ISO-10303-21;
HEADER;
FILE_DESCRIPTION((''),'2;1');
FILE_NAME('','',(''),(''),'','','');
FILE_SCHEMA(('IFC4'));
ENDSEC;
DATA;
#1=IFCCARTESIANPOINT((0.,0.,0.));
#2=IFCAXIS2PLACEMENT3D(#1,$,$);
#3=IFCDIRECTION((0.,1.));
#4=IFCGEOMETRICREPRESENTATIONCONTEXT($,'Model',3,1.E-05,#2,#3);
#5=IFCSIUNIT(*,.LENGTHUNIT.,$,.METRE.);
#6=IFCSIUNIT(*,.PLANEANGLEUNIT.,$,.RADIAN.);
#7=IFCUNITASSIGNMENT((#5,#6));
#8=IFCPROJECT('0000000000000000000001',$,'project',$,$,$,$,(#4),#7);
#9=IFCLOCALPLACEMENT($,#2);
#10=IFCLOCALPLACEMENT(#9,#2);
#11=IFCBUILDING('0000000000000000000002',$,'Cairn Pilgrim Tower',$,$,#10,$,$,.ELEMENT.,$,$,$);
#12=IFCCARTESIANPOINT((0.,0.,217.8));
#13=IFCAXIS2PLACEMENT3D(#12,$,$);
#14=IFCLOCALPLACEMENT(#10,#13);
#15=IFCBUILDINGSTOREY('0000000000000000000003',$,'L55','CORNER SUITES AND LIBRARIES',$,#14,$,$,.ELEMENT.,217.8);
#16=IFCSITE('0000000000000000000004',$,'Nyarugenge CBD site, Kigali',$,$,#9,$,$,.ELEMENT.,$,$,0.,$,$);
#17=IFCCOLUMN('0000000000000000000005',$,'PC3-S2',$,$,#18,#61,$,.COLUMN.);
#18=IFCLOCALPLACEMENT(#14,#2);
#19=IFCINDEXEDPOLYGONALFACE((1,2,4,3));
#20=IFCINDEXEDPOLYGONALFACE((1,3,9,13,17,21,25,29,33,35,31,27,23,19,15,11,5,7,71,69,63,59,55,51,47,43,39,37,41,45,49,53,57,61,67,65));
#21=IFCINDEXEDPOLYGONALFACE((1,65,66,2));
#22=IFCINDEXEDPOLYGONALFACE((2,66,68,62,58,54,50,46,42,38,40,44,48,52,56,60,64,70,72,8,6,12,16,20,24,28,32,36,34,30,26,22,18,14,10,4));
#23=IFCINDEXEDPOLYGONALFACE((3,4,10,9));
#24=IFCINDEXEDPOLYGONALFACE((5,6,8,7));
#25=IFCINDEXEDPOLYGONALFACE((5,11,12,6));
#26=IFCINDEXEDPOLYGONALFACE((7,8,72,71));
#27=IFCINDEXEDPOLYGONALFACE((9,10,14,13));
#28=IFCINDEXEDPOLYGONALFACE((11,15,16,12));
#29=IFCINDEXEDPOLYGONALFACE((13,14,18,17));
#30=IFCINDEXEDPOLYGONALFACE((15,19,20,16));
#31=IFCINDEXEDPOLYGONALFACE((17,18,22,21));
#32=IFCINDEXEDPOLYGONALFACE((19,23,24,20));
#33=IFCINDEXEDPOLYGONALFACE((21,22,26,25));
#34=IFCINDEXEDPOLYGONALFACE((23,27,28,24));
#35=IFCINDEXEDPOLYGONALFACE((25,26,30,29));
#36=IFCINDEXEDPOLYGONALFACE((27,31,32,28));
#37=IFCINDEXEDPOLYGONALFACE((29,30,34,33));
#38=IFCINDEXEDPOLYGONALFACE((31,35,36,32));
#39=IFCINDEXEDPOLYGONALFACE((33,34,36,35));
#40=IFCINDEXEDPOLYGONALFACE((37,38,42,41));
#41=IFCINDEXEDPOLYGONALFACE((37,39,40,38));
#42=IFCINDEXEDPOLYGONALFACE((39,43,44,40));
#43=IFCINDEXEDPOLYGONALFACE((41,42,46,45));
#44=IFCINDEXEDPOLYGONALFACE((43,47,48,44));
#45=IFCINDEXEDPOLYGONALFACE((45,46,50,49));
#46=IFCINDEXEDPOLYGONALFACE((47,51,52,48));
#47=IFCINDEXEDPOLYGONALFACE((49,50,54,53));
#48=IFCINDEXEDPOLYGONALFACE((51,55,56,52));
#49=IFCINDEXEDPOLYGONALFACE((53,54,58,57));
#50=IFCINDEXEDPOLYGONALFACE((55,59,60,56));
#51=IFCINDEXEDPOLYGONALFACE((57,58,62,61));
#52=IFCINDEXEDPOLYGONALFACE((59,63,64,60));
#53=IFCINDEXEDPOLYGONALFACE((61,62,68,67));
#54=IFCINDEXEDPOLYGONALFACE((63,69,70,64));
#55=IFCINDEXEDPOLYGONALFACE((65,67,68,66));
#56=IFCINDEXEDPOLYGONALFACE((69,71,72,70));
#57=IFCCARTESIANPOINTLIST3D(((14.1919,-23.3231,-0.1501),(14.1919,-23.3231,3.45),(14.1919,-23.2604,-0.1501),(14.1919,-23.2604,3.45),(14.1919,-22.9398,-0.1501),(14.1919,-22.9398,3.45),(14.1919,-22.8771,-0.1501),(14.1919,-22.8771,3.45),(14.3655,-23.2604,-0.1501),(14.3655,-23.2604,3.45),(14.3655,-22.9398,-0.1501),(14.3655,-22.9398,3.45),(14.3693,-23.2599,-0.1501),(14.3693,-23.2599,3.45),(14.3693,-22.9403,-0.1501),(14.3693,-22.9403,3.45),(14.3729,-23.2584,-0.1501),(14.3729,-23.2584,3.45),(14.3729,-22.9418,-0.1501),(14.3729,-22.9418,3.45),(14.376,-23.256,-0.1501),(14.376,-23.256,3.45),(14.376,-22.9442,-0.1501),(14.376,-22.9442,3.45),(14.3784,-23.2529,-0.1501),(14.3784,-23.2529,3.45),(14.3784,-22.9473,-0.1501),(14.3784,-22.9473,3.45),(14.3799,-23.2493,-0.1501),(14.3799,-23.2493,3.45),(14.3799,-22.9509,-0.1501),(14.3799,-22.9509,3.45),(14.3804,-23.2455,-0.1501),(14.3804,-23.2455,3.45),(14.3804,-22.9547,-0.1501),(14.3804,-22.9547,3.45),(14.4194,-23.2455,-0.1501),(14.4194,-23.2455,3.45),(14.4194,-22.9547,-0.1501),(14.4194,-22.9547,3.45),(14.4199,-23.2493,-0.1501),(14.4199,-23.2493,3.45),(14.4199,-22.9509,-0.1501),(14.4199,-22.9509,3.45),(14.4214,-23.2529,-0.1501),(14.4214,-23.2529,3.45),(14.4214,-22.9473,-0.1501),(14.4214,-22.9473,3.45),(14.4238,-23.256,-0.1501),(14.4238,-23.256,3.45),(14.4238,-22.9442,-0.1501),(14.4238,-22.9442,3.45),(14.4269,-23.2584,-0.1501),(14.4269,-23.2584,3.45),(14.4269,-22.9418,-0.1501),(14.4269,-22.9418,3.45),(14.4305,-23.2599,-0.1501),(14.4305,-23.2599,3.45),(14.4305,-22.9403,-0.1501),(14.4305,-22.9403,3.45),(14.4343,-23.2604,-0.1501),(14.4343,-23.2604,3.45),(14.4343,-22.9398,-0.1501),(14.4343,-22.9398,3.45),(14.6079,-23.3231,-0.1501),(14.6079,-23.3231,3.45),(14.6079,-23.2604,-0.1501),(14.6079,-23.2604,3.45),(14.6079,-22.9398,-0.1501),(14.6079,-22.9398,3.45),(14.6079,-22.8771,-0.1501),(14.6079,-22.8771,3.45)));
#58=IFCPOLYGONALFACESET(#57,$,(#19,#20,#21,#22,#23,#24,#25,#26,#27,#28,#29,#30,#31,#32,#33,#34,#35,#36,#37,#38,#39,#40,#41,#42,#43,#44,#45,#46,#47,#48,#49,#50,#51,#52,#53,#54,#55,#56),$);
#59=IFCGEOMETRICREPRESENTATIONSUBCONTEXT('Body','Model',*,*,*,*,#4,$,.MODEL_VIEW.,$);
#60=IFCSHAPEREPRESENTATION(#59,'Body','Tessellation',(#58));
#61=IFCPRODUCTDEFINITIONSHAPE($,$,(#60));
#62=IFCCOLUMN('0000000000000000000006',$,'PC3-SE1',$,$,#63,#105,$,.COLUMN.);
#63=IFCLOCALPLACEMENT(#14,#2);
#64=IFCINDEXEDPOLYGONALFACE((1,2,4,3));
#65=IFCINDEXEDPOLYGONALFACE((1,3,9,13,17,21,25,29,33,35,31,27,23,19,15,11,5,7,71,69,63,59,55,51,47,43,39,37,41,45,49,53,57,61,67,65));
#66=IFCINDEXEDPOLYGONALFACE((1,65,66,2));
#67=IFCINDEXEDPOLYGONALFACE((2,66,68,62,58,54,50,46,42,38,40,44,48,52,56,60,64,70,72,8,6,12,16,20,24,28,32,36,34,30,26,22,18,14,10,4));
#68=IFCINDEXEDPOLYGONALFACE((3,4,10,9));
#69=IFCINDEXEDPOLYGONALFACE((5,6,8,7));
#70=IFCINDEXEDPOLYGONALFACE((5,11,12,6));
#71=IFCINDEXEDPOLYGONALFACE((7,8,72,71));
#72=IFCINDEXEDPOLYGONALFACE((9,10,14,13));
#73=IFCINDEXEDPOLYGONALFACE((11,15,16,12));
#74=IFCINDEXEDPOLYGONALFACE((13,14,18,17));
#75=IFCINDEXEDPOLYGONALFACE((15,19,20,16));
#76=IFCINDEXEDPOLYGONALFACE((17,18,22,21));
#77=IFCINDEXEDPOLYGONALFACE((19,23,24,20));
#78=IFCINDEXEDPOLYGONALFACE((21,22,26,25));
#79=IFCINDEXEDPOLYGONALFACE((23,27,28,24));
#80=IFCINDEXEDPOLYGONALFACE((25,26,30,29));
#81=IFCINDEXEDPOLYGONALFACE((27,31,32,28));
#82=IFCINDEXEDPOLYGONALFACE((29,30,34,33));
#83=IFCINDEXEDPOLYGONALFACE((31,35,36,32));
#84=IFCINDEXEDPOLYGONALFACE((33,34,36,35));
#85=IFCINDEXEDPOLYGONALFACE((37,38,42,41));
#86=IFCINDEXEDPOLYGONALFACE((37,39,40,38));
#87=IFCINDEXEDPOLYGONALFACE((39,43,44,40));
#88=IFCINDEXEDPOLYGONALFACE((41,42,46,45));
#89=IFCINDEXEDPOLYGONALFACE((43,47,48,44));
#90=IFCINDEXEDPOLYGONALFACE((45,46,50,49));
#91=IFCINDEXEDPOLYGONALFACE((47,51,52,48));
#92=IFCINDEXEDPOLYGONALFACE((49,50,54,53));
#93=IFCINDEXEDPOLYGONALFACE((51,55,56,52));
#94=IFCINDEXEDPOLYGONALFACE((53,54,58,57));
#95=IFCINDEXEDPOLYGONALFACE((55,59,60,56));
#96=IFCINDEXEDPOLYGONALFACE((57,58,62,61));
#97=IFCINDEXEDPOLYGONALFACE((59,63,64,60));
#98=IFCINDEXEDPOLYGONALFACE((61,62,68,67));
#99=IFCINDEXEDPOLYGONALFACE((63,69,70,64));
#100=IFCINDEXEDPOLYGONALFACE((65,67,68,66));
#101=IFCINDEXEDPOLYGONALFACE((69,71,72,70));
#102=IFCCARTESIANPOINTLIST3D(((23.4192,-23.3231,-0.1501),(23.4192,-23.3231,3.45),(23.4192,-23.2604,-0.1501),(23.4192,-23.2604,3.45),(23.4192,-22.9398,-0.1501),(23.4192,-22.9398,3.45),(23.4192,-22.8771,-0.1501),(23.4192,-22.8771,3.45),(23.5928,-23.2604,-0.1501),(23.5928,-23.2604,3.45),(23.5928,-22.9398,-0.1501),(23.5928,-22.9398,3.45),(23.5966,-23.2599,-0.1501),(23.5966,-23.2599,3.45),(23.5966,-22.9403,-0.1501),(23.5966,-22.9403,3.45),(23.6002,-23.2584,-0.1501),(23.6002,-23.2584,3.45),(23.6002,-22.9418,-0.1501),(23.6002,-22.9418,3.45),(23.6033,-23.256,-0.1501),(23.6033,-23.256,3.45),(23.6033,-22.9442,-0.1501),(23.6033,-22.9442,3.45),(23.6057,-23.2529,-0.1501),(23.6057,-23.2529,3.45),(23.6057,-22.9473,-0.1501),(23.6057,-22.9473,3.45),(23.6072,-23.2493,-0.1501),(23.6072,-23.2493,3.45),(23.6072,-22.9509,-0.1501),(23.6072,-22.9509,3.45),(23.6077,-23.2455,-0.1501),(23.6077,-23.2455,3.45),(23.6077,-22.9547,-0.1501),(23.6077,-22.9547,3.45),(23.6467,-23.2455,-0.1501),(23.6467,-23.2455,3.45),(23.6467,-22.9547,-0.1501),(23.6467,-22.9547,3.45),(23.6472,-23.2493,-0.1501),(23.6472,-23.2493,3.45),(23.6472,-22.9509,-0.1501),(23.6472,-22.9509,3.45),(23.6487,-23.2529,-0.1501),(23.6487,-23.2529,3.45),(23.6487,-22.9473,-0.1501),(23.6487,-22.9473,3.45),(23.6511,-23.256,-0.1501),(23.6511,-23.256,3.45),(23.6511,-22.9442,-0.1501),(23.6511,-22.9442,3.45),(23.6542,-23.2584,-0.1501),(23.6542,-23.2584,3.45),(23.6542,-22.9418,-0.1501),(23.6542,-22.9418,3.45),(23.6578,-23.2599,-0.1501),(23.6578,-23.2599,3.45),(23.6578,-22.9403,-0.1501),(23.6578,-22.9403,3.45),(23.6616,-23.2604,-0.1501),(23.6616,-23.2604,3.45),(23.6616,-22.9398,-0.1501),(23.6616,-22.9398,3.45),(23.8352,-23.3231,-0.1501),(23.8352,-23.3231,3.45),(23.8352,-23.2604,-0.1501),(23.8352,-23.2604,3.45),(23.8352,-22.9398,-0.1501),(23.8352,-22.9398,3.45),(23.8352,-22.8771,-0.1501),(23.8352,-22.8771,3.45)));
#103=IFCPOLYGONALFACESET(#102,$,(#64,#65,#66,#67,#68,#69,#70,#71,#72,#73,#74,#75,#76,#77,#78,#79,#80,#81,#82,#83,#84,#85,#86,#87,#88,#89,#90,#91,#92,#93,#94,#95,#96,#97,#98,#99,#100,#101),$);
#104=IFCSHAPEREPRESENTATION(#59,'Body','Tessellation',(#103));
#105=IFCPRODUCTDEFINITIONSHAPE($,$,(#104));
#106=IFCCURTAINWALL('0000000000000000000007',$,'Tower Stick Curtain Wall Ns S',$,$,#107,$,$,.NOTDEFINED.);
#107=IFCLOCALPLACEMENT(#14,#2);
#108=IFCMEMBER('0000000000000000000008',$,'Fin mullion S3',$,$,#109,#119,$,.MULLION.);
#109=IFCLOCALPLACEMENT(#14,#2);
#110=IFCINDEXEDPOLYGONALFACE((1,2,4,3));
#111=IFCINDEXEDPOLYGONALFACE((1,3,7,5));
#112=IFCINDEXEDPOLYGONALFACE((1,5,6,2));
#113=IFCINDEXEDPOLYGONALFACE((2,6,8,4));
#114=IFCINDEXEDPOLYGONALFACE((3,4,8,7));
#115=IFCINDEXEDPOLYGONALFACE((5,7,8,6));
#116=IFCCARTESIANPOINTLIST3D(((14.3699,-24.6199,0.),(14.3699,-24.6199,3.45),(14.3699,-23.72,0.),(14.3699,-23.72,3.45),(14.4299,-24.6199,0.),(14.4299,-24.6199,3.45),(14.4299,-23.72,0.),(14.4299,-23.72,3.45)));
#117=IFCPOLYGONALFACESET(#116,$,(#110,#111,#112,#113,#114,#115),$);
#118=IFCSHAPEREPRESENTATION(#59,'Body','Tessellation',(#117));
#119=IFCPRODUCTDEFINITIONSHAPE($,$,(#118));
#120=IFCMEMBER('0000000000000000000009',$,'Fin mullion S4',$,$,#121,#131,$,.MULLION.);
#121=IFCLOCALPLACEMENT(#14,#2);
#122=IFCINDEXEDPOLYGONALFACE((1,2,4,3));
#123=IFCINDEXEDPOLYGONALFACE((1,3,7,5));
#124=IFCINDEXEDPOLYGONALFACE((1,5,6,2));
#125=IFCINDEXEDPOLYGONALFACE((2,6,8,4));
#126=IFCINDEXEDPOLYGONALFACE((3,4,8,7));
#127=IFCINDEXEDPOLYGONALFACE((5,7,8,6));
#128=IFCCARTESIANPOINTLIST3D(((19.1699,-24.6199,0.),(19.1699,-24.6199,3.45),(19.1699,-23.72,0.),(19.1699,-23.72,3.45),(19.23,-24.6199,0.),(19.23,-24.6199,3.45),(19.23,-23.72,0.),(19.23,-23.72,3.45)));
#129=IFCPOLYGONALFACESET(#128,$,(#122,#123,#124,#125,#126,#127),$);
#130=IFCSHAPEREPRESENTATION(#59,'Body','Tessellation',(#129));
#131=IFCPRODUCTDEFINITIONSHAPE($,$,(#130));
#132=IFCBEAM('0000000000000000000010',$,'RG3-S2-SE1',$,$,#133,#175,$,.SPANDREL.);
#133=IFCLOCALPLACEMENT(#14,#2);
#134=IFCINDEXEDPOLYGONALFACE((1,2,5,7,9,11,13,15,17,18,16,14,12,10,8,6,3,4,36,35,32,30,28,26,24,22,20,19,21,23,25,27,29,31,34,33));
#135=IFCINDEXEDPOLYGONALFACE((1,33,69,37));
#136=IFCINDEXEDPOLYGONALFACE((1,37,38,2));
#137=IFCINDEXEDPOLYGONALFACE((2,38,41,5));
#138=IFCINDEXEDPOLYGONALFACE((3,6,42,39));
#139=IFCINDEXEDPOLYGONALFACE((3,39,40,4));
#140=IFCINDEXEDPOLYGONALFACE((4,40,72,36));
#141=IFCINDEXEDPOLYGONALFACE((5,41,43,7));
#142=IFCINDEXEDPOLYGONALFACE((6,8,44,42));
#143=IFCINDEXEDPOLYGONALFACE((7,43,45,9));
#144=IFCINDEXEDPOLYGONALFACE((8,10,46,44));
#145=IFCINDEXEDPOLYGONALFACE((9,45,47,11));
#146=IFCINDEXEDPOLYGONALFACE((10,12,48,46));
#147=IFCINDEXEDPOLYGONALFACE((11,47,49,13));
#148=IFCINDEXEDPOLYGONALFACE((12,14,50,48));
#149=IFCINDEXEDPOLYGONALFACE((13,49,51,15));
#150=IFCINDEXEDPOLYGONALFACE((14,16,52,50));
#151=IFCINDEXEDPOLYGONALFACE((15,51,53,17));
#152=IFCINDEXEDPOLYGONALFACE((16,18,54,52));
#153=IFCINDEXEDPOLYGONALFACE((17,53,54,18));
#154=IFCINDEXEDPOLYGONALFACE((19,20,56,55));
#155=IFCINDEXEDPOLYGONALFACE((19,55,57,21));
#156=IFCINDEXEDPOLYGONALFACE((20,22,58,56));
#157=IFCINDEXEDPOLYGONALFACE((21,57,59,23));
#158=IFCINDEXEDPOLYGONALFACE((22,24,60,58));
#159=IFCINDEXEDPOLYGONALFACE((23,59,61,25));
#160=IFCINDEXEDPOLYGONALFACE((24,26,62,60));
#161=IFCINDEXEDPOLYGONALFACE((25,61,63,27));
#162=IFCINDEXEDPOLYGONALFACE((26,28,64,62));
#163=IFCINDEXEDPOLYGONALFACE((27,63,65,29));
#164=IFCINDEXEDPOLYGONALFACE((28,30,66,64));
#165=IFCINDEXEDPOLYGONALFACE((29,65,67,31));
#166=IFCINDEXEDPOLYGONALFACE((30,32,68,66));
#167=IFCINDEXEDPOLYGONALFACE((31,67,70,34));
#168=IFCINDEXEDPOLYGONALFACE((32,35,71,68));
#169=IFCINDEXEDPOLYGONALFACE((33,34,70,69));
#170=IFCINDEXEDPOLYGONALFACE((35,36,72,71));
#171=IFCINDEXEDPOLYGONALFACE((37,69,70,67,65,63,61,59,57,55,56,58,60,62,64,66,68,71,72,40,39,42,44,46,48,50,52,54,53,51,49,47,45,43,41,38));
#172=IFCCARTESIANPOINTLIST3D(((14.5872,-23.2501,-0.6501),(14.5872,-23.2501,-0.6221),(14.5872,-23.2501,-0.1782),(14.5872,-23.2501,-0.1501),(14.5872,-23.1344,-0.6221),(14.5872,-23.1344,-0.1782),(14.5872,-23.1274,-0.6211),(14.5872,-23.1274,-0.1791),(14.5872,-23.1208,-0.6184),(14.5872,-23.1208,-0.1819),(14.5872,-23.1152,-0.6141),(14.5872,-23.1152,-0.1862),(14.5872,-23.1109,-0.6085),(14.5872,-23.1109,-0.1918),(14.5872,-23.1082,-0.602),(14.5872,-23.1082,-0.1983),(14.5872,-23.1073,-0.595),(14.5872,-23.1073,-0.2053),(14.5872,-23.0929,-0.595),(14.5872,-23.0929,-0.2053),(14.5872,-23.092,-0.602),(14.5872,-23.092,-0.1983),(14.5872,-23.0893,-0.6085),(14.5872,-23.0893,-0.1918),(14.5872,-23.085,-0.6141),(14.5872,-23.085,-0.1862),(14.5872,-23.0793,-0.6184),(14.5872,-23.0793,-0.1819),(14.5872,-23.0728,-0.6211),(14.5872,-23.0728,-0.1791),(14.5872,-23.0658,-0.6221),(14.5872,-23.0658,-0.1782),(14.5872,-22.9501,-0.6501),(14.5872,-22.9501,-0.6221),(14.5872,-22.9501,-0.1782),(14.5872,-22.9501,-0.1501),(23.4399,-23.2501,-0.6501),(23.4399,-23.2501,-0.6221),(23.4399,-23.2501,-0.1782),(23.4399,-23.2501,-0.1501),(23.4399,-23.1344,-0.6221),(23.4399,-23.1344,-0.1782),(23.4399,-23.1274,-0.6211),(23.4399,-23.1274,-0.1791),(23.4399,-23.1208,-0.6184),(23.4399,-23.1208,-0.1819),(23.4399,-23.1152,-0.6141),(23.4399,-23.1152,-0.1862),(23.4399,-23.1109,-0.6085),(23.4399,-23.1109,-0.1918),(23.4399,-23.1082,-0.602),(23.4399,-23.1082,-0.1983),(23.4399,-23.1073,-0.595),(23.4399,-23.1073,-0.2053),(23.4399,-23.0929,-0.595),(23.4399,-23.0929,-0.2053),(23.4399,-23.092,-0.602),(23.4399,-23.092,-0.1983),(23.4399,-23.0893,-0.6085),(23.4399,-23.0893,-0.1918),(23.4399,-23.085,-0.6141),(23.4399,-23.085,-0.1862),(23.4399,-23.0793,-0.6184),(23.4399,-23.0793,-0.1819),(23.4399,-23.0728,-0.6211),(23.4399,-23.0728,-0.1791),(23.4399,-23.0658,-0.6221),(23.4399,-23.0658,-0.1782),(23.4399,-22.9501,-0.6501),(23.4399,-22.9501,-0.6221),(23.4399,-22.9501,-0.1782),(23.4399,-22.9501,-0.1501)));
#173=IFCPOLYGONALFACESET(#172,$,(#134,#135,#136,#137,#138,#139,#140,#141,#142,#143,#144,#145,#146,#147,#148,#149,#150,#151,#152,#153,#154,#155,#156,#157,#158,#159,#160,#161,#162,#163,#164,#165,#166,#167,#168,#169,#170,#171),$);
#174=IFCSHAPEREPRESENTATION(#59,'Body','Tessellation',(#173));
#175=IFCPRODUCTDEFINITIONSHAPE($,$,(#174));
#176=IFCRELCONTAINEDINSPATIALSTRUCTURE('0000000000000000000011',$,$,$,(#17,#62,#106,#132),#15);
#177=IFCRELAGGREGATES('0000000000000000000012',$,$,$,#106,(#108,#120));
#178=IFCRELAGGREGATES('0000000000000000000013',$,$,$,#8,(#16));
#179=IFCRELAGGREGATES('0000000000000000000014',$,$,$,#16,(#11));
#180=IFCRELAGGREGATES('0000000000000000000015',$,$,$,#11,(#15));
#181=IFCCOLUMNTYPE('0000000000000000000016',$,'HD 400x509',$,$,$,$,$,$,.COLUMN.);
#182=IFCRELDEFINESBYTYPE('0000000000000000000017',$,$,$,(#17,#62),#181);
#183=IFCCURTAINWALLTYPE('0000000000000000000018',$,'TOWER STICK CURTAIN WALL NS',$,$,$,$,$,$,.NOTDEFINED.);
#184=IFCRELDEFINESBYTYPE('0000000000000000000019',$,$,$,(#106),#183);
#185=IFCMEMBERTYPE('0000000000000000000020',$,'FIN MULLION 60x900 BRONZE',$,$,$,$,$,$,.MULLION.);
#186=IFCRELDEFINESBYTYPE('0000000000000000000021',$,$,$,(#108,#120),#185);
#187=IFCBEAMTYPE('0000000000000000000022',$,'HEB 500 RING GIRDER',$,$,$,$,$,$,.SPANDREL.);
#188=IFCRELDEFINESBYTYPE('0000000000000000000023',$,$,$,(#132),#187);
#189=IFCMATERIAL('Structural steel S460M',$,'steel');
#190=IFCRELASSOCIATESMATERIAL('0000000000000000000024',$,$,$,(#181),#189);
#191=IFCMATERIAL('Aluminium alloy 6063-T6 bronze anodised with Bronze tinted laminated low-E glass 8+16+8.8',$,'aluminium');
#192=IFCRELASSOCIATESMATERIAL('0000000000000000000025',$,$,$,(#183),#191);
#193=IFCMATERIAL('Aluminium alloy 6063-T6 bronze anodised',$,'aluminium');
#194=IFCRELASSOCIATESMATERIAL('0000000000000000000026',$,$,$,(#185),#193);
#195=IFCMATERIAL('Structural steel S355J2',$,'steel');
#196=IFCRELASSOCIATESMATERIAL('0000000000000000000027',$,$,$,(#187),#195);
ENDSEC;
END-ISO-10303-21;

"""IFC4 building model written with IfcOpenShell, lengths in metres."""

from ifc_helpers import new_model, si_unit, direction, frame, origin, origin_2d, place, context, subcontext, project, spatial, rectangle, i_section, extrude, material, material_profile, profile_set, type_object, element, aggregate, save


model = new_model("IFC4")

# Units and contexts
model_context = context("Model", 3, precision=1e-05, world=origin(), true_north=direction((0.0, 1.0)))
body_context = subcontext(model_context, "Body", "Model", "MODEL_VIEW")
ifc_project = project(units=[si_unit("LENGTHUNIT", "METRE"), si_unit("PLANEANGLEUNIT", "RADIAN")], contexts=[model_context])

# Site, building, storey
site_placement = place(None, origin())
site = spatial("IfcSite", under=ifc_project, at=site_placement, Name="Nyarugenge CBD site, Kigali", CompositionType="ELEMENT", RefElevation=0.0)
building_placement = place(site_placement, origin())
building = spatial("IfcBuilding", under=site, at=building_placement, Name="Cairn Pilgrim Tower", CompositionType="ELEMENT")
storey_placement = place(building_placement, frame((0.0, 0.0, 217.8)))
storey = spatial("IfcBuildingStorey", under=building, at=storey_placement, Name="L55", Description="CORNER SUITES AND LIBRARIES", CompositionType="ELEMENT", Elevation=217.8)

# Columns
ifc_material_1 = material(Name="Structural steel S460M", Category="steel")
ifc_material_profile_1 = material_profile(ifc_material_1, i_section(OverallWidth=0.416, OverallDepth=0.446, WebThickness=0.0391, FlangeThickness=0.0627, FilletRadius=0.0149, at=origin_2d()), Name="HD 400x509")
ifc_profile_set_1 = profile_set([ifc_material_profile_1], Name="Structural steel S460M")
column_type = type_object("IfcColumnType", Name="HD 400x509", PredefinedType="COLUMN", material=ifc_profile_set_1)
for number, where, z_axis, x_axis, name in (
    (1, (14.3999, -23.1001, -0.1501), (0.0, 0.0, 1.0), (1.0, 0.0, 0.0), "PC3-S2"),
    (2, (23.6272, -23.1001, -0.1501), (0.0, 0.0, 1.0), (1.0, 0.0, 0.0), "PC3-SE1"),
):
    element("IfcColumn", number, at=place(storey_placement, frame(where, z_axis=z_axis, x_axis=x_axis)), inside=storey, type_object=column_type, Name=name, PredefinedType="COLUMN", context=body_context, shape_type="SweptSolid", body=[
        extrude(i_section(OverallWidth=0.416, OverallDepth=0.446, WebThickness=0.0391, FlangeThickness=0.0627, FilletRadius=0.0149, at=origin_2d()), origin(), (0.0, 0.0, 1.0), 3.6001),
    ])

# Curtain wall, members
ifc_material_2 = material(Name="Aluminium alloy 6063-T6 bronze anodised with Bronze tinted laminated low-E glass 8+16+8.8", Category="aluminium")
curtain_wall_type = type_object("IfcCurtainWallType", Name="TOWER STICK CURTAIN WALL NS", PredefinedType="NOTDEFINED", material=ifc_material_2)
curtain_wall_placement = place(storey_placement, origin())
curtain_wall = element("IfcCurtainWall", 3, at=curtain_wall_placement, inside=storey, type_object=curtain_wall_type, Name="Tower Stick Curtain Wall Ns S", PredefinedType="NOTDEFINED")
ifc_material_3 = material(Name="Aluminium alloy 6063-T6 bronze anodised", Category="aluminium")
ifc_material_profile_2 = material_profile(ifc_material_3, rectangle(XDim=0.8999, YDim=0.0601, at=origin_2d()), Name="FIN MULLION 60x900 BRONZE")
ifc_profile_set_2 = profile_set([ifc_material_profile_2], Name="Aluminium alloy 6063-T6 bronze anodised")
member_type_1 = type_object("IfcMemberType", Name="FIN MULLION 60x900 BRONZE", PredefinedType="MULLION", material=ifc_profile_set_2)
member_1_placement = place(storey_placement, frame((14.3999, -24.1699, 0.0), z_axis=(0.0, 0.0, 1.0), x_axis=(0.0, -1.0, 0.0)))
member_1 = element("IfcMember", 4, at=member_1_placement, type_object=member_type_1, Name="Fin mullion S3", PredefinedType="MULLION", context=body_context, shape_type="SweptSolid", body=[
    extrude(rectangle(XDim=0.8999, YDim=0.0601, at=origin_2d()), origin(), (0.0, 0.0, 1.0), 3.45),
])
member_2_placement = place(storey_placement, frame((19.2, -24.1699, 0.0), z_axis=(0.0, 0.0, 1.0), x_axis=(0.0, -1.0, 0.0)))
member_2 = element("IfcMember", 5, at=member_2_placement, type_object=member_type_1, Name="Fin mullion S4", PredefinedType="MULLION", context=body_context, shape_type="SweptSolid", body=[
    extrude(rectangle(XDim=0.8999, YDim=0.0601, at=origin_2d()), origin(), (0.0, 0.0, 1.0), 3.45),
])

# Beam
ifc_material_4 = material(Name="Structural steel S355J2", Category="steel")
ifc_material_profile_3 = material_profile(ifc_material_4, i_section(OverallWidth=0.3, OverallDepth=0.5, WebThickness=0.0144, FlangeThickness=0.0281, FilletRadius=0.0271, at=origin_2d()), Name="HEB 500")
ifc_profile_set_3 = profile_set([ifc_material_profile_3], Name="Structural steel S355J2")
beam_type_1 = type_object("IfcBeamType", Name="HEB 500 RING GIRDER", PredefinedType="SPANDREL", material=ifc_profile_set_3)
beam_1_placement = place(storey_placement, frame((14.5872, -23.1001, -0.4001), z_axis=(1.0, 0.0, 0.0), x_axis=(0.0, 1.0, 0.0)))
element("IfcBeam", 6, at=beam_1_placement, inside=storey, type_object=beam_type_1, Name="RG3-S2-SE1", PredefinedType="SPANDREL", context=body_context, shape_type="SweptSolid", body=[
    extrude(i_section(OverallWidth=0.3, OverallDepth=0.5, WebThickness=0.0144, FlangeThickness=0.0281, FilletRadius=0.0271, at=origin_2d()), origin(), (0.0, 0.0, 1.0), 8.8528),
])

aggregate(curtain_wall, [member_1, member_2])

save(model, "model.ifc")
